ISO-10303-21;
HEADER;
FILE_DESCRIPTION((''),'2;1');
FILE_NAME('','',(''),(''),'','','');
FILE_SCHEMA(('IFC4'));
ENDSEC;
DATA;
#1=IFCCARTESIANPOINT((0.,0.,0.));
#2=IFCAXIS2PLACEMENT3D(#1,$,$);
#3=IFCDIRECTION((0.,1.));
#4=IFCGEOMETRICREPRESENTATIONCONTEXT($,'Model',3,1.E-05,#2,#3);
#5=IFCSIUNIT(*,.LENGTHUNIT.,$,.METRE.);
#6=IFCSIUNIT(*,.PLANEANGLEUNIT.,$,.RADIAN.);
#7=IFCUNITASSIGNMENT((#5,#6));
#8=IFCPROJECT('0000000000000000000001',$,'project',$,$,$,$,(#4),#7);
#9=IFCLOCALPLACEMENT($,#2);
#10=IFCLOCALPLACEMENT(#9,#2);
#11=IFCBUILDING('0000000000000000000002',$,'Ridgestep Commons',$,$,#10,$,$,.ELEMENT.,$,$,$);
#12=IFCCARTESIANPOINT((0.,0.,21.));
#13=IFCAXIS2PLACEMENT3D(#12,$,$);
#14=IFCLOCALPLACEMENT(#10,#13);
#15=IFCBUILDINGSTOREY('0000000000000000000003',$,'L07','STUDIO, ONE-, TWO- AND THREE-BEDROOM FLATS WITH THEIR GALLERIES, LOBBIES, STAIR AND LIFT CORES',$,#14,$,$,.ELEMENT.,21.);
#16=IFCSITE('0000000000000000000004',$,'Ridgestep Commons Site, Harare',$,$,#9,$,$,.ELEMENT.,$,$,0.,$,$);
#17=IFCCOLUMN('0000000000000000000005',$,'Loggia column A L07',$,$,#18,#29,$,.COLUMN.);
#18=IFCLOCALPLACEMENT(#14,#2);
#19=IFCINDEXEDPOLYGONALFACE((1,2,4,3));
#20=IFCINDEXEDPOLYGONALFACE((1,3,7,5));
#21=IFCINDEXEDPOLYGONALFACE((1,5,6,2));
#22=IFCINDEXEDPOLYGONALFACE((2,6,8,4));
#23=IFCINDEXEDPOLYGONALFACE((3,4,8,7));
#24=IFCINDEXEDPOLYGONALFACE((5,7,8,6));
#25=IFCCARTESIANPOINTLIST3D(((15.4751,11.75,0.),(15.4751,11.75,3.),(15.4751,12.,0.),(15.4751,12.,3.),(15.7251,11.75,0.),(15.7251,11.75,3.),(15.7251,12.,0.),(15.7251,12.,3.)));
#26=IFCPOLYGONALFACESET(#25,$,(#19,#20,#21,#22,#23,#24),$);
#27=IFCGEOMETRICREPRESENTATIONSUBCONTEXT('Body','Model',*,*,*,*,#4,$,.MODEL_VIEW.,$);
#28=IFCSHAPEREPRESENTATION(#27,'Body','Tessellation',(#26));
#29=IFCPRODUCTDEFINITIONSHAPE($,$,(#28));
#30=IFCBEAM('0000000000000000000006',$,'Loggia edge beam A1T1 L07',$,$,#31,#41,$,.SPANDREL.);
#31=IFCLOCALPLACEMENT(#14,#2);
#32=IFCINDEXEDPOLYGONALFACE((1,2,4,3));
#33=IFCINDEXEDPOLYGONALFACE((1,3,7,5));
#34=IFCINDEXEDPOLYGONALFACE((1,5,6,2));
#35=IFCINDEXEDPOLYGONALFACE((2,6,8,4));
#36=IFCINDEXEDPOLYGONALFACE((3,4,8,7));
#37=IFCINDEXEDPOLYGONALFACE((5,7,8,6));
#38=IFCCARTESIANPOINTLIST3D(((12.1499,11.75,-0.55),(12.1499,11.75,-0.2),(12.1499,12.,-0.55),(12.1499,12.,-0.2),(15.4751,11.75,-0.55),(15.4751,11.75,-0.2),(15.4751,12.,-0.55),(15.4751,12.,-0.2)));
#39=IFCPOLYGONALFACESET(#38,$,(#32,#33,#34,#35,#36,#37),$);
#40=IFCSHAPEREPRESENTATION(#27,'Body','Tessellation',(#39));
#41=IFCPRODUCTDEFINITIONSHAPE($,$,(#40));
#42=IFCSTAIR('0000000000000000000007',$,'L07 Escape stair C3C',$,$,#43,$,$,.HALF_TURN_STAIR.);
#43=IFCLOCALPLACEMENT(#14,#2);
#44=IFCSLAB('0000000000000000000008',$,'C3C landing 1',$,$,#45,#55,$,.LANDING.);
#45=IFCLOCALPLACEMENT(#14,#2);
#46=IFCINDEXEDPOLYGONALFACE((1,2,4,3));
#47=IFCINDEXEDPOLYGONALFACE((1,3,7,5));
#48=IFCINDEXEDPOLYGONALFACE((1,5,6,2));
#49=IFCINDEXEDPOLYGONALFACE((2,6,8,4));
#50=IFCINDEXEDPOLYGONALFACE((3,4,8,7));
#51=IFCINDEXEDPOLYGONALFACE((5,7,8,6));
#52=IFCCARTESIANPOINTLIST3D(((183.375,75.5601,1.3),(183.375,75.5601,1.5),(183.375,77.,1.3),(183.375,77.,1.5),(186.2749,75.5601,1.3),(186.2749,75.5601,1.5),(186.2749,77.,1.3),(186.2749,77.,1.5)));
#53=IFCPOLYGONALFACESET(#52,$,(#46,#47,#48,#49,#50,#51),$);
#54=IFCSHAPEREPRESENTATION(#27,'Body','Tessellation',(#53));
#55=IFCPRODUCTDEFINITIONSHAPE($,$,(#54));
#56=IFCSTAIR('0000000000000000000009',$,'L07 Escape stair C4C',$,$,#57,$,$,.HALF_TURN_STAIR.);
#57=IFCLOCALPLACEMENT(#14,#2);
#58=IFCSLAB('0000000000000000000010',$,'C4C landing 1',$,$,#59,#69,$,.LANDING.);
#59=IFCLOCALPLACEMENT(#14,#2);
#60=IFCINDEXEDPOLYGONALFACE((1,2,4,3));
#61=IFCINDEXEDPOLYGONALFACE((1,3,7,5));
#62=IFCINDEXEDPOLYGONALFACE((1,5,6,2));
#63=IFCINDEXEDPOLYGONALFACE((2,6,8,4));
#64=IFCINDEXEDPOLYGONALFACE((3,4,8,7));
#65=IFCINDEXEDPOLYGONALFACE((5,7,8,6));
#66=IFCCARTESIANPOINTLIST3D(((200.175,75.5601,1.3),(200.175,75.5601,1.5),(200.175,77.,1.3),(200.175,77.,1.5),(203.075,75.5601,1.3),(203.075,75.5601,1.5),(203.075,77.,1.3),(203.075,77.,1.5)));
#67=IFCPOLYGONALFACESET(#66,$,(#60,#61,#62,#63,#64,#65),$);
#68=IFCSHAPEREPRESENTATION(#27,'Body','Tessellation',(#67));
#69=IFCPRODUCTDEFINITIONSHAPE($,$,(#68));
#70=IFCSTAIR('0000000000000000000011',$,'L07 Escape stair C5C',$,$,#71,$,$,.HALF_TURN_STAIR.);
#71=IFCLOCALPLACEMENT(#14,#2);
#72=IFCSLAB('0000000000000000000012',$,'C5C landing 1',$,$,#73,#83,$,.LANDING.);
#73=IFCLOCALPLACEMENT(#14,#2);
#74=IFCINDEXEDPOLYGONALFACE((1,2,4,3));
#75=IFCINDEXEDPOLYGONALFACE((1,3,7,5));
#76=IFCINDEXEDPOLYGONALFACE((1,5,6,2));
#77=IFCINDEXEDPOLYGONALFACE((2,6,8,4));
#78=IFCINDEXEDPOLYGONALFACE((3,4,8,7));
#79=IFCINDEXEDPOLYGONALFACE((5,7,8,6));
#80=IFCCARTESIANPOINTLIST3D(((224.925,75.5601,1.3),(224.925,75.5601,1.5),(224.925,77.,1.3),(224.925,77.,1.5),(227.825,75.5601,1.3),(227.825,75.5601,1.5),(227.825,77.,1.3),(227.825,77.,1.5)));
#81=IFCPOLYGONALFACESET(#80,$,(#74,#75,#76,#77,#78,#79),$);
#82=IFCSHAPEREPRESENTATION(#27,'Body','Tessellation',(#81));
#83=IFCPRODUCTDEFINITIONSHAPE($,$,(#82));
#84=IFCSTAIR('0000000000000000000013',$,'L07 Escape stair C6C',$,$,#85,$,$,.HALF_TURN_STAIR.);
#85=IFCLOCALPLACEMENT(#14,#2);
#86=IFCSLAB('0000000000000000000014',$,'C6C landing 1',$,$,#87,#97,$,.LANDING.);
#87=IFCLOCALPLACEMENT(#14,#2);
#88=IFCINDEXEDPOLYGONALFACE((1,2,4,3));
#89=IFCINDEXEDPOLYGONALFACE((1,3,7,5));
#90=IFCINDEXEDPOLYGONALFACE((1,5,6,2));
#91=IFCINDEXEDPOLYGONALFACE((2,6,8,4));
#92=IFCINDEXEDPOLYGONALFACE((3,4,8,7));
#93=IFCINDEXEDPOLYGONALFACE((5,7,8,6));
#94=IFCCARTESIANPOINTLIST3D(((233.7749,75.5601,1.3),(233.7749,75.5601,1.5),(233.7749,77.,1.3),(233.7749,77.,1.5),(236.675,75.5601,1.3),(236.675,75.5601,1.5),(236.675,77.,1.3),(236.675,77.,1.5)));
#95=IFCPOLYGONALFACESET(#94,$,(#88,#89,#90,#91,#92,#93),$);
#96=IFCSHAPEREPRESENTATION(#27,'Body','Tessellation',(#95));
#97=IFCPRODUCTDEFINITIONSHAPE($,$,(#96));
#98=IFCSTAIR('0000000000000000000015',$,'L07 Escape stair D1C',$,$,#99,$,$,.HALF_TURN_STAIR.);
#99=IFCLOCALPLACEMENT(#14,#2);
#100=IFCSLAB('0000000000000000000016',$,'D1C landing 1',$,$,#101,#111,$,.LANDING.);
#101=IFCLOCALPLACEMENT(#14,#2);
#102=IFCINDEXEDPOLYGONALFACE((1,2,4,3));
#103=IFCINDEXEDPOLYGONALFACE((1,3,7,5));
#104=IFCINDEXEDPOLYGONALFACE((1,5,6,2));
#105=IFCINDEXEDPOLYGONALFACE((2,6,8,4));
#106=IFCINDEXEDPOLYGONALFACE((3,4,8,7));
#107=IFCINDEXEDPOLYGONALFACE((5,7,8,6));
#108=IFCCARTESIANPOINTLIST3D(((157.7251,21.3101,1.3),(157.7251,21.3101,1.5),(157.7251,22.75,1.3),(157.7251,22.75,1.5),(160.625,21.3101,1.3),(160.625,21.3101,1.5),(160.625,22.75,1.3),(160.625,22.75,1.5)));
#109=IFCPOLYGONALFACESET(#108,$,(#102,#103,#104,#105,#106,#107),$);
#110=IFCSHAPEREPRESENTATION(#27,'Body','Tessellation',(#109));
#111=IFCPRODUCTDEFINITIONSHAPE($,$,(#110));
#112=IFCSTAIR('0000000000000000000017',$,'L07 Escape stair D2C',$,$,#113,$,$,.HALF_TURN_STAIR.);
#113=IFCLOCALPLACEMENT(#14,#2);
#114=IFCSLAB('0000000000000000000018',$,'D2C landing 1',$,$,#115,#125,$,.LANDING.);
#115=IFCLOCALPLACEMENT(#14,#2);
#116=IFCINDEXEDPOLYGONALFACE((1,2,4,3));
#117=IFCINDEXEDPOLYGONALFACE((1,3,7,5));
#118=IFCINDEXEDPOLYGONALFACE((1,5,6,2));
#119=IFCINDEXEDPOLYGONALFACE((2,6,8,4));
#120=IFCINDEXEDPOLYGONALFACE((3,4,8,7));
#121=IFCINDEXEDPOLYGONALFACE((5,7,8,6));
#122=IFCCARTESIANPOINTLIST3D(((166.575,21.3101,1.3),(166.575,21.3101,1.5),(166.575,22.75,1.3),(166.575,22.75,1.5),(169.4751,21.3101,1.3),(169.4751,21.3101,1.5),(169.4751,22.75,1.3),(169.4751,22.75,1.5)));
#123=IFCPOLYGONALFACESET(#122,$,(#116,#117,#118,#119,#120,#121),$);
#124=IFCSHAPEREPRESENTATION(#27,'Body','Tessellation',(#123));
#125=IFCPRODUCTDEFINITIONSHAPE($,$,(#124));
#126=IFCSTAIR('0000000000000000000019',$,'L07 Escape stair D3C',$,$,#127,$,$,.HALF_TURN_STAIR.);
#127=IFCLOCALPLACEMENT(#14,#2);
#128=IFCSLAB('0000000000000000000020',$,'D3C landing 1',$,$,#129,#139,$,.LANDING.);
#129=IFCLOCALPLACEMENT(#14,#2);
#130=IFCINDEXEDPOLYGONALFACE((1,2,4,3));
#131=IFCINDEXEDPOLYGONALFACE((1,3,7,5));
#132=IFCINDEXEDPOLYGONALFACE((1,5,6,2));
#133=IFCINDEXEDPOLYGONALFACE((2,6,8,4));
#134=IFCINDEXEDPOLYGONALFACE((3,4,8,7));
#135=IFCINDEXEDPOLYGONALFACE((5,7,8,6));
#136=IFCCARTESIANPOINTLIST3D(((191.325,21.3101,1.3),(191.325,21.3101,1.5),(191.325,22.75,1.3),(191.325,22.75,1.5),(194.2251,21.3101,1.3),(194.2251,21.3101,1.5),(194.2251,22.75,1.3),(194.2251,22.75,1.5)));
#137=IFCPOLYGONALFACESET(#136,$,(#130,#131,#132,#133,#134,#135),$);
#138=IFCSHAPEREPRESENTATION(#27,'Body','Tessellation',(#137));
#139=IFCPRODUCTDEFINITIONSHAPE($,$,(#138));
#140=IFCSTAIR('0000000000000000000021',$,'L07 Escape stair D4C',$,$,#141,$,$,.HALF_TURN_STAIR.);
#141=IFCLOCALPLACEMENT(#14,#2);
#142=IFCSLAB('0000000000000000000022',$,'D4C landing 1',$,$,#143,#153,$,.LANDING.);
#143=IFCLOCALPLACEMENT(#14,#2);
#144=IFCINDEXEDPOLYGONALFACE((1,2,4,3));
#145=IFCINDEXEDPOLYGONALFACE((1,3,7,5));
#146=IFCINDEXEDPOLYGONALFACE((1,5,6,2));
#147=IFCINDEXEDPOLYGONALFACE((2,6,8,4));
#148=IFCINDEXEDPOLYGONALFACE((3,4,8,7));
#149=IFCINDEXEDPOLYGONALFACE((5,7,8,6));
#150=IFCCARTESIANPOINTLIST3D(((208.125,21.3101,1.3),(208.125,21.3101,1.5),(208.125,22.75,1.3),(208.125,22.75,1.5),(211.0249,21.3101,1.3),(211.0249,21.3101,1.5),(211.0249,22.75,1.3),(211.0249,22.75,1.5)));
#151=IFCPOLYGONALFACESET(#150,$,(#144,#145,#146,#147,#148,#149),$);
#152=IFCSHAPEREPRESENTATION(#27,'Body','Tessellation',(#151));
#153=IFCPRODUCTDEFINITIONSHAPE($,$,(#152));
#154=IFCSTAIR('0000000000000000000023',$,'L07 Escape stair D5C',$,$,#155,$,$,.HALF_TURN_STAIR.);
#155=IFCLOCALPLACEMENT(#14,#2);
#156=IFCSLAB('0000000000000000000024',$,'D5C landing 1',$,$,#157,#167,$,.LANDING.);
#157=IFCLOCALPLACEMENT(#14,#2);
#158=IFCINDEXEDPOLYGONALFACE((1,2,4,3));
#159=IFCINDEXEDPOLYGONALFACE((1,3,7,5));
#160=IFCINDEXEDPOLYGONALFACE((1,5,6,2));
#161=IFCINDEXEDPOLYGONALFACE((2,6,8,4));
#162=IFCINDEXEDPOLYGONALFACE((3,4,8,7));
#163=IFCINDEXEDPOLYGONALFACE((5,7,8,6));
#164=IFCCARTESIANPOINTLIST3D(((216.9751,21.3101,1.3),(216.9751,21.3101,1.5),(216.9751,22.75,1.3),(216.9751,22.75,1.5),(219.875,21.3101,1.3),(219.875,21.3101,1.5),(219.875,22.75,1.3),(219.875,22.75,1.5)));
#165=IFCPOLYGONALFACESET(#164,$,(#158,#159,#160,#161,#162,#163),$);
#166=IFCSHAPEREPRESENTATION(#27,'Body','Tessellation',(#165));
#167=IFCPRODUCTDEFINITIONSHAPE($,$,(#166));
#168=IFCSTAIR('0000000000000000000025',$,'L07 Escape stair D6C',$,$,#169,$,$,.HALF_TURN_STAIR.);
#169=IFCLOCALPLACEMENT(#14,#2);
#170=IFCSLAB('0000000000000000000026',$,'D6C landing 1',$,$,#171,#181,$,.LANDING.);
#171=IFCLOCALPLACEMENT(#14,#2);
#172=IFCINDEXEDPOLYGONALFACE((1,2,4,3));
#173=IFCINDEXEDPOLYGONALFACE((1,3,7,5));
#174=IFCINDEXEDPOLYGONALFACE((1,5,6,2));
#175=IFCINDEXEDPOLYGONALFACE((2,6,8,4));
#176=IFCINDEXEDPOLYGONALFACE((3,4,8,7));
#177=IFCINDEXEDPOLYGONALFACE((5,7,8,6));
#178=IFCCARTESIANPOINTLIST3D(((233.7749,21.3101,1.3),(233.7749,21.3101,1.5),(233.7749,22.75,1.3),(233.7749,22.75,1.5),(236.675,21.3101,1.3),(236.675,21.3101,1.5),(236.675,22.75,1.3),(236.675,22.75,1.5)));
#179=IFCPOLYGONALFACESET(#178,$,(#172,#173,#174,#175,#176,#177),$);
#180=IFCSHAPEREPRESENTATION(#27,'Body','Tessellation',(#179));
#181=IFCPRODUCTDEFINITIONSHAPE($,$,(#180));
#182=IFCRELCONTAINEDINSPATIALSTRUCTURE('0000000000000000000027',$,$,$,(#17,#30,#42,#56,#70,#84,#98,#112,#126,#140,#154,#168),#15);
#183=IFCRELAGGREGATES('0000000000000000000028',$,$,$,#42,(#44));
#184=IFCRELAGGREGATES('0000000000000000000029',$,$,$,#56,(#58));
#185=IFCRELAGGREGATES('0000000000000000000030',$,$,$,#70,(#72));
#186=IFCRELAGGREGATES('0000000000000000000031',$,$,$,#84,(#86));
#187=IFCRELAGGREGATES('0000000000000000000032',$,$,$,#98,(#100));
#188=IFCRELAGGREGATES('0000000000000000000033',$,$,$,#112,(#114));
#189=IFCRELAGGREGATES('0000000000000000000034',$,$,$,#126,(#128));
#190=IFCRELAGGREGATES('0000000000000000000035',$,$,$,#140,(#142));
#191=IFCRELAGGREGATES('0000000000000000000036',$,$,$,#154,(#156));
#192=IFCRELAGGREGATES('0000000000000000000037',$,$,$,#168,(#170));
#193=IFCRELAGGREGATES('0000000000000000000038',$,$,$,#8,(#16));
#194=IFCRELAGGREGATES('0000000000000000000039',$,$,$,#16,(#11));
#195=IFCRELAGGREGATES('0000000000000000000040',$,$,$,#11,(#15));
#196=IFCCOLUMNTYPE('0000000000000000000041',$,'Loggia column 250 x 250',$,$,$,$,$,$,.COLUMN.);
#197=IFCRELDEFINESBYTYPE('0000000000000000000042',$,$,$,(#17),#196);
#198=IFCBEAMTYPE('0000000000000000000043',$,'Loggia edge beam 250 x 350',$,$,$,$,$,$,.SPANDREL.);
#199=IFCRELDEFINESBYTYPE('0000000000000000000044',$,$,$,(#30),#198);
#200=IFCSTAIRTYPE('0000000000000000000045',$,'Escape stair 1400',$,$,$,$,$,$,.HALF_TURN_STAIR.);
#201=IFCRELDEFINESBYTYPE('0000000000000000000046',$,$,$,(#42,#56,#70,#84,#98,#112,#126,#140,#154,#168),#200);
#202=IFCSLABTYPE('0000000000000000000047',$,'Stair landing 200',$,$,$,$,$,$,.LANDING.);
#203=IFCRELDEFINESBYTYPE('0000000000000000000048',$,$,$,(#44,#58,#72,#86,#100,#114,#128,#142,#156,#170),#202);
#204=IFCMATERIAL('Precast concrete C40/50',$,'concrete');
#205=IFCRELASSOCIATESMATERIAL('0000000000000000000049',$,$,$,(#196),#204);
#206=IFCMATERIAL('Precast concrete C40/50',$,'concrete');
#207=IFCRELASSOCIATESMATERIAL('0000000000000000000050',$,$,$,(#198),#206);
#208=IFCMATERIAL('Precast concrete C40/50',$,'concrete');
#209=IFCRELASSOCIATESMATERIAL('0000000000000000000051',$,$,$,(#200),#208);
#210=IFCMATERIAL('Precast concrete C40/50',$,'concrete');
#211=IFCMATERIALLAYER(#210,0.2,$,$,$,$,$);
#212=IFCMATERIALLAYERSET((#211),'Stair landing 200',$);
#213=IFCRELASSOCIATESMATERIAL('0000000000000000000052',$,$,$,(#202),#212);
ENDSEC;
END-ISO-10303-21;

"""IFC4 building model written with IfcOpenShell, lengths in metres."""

from ifc_helpers import new_model, si_unit, direction, frame, origin, origin_2d, place, context, subcontext, project, spatial, polyline, rectangle, outline, extrude, material, layer, layer_set, material_profile, profile_set, type_object, element, aggregate, save


model = new_model("IFC4")

# Units and contexts
model_context = context("Model", 3, precision=1e-05, world=origin(), true_north=direction((0.0, 1.0)))
body_context = subcontext(model_context, "Body", "Model", "MODEL_VIEW")
ifc_project = project(units=[si_unit("LENGTHUNIT", "METRE"), si_unit("PLANEANGLEUNIT", "RADIAN")], contexts=[model_context])

# Site, building, storey
site_placement = place(None, origin())
site = spatial("IfcSite", under=ifc_project, at=site_placement, Name="Ridgestep Commons Site, Harare", CompositionType="ELEMENT", RefElevation=0.0)
building_placement = place(site_placement, origin())
building = spatial("IfcBuilding", under=site, at=building_placement, Name="Ridgestep Commons", CompositionType="ELEMENT")
storey_placement = place(building_placement, frame((0.0, 0.0, 21.0)))
storey = spatial("IfcBuildingStorey", under=building, at=storey_placement, Name="L07", Description="STUDIO, ONE-, TWO- AND THREE-BEDROOM FLATS WITH THEIR GALLERIES, LOBBIES, STAIR AND LIFT CORES", CompositionType="ELEMENT", Elevation=21.0)

# Column
ifc_material_1 = material(Name="Precast concrete C40/50", Category="concrete")
ifc_material_profile_1 = material_profile(ifc_material_1, rectangle(XDim=0.25, YDim=0.25, at=origin_2d()), Name="PC 250x250")
ifc_profile_set_1 = profile_set([ifc_material_profile_1], Name="Precast concrete C40/50")
column_type = type_object("IfcColumnType", Name="Loggia column 250 x 250", PredefinedType="COLUMN", material=ifc_profile_set_1)
column_placement = place(storey_placement, frame((15.6001, 11.875, 0.0), z_axis=(0.0, 0.0, 1.0), x_axis=(1.0, 0.0, 0.0)))
element("IfcColumn", 1, at=column_placement, inside=storey, type_object=column_type, Name="Loggia column A L07", PredefinedType="COLUMN", context=body_context, shape_type="SweptSolid", body=[
    extrude(rectangle(XDim=0.25, YDim=0.25, at=origin_2d()), origin(), (0.0, 0.0, 1.0), 3.0),
])

# Beam
ifc_material_2 = material(Name="Precast concrete C40/50", Category="concrete")
ifc_material_profile_2 = material_profile(ifc_material_2, rectangle(XDim=0.25, YDim=0.3501, at=origin_2d()), Name="PC 250x350")
ifc_profile_set_2 = profile_set([ifc_material_profile_2], Name="Precast concrete C40/50")
beam_type = type_object("IfcBeamType", Name="Loggia edge beam 250 x 350", PredefinedType="SPANDREL", material=ifc_profile_set_2)
beam_placement = place(storey_placement, frame((12.1499, 11.875, -0.375), z_axis=(1.0, 0.0, 0.0), x_axis=(0.0, 1.0, 0.0)))
element("IfcBeam", 2, at=beam_placement, inside=storey, type_object=beam_type, Name="Loggia edge beam A1T1 L07", PredefinedType="SPANDREL", context=body_context, shape_type="SweptSolid", body=[
    extrude(rectangle(XDim=0.25, YDim=0.3501, at=origin_2d()), origin(), (0.0, 0.0, 1.0), 3.3252),
])

# Stairs, slabs
ifc_material_3 = material(Name="Precast concrete C40/50", Category="concrete")
stair_type = type_object("IfcStairType", Name="Escape stair 1400", PredefinedType="HALF_TURN_STAIR", material=ifc_material_3)
stair_1_placement = place(storey_placement, origin())
stair_1 = element("IfcStair", 3, at=stair_1_placement, inside=storey, type_object=stair_type, Name="L07 Escape stair C3C", PredefinedType="HALF_TURN_STAIR")
ifc_material_4 = material(Name="Precast concrete C40/50", Category="concrete")
ifc_layer_1 = layer(ifc_material_4, 0.2)
ifc_layer_set_1 = layer_set([ifc_layer_1], Name="Stair landing 200")
slab_type = type_object("IfcSlabType", Name="Stair landing 200", PredefinedType="LANDING", material=ifc_layer_set_1)
slab_1_placement = place(storey_placement, frame((0.0, 0.0, 1.3)))
slab_1 = element("IfcSlab", 4, at=slab_1_placement, type_object=slab_type, Name="C3C landing 1", PredefinedType="LANDING", context=body_context, shape_type="SweptSolid", body=[
    extrude(outline(polyline([(186.2749, 75.5601), (186.2749, 77.0), (183.375, 77.0), (183.375, 75.5601), (186.2749, 75.5601)])), origin(), (0.0, 0.0, 1.0), 0.2),
])
aggregate(stair_1, [slab_1])
stair_2_placement = place(storey_placement, origin())
stair_2 = element("IfcStair", 5, at=stair_2_placement, inside=storey, type_object=stair_type, Name="L07 Escape stair C4C", PredefinedType="HALF_TURN_STAIR")
slab_2_placement = place(storey_placement, frame((0.0, 0.0, 1.3)))
slab_2 = element("IfcSlab", 6, at=slab_2_placement, type_object=slab_type, Name="C4C landing 1", PredefinedType="LANDING", context=body_context, shape_type="SweptSolid", body=[
    extrude(outline(polyline([(203.075, 75.5601), (203.075, 77.0), (200.175, 77.0), (200.175, 75.5601), (203.075, 75.5601)])), origin(), (0.0, 0.0, 1.0), 0.2),
])
aggregate(stair_2, [slab_2])
stair_3_placement = place(storey_placement, origin())
stair_3 = element("IfcStair", 7, at=stair_3_placement, inside=storey, type_object=stair_type, Name="L07 Escape stair C5C", PredefinedType="HALF_TURN_STAIR")
slab_3_placement = place(storey_placement, frame((0.0, 0.0, 1.3)))
slab_3 = element("IfcSlab", 8, at=slab_3_placement, type_object=slab_type, Name="C5C landing 1", PredefinedType="LANDING", context=body_context, shape_type="SweptSolid", body=[
    extrude(outline(polyline([(227.825, 75.5601), (227.825, 77.0), (224.925, 77.0), (224.925, 75.5601), (227.825, 75.5601)])), origin(), (0.0, 0.0, 1.0), 0.2),
])
aggregate(stair_3, [slab_3])
stair_4_placement = place(storey_placement, origin())
stair_4 = element("IfcStair", 9, at=stair_4_placement, inside=storey, type_object=stair_type, Name="L07 Escape stair C6C", PredefinedType="HALF_TURN_STAIR")
slab_4_placement = place(storey_placement, frame((0.0, 0.0, 1.3)))
slab_4 = element("IfcSlab", 10, at=slab_4_placement, type_object=slab_type, Name="C6C landing 1", PredefinedType="LANDING", context=body_context, shape_type="SweptSolid", body=[
    extrude(outline(polyline([(236.675, 75.5601), (236.675, 77.0), (233.7749, 77.0), (233.7749, 75.5601), (236.675, 75.5601)])), origin(), (0.0, 0.0, 1.0), 0.2),
])
aggregate(stair_4, [slab_4])
stair_5_placement = place(storey_placement, origin())
stair_5 = element("IfcStair", 11, at=stair_5_placement, inside=storey, type_object=stair_type, Name="L07 Escape stair D1C", PredefinedType="HALF_TURN_STAIR")
slab_5_placement = place(storey_placement, frame((0.0, 0.0, 1.3)))
slab_5 = element("IfcSlab", 12, at=slab_5_placement, type_object=slab_type, Name="D1C landing 1", PredefinedType="LANDING", context=body_context, shape_type="SweptSolid", body=[
    extrude(outline(polyline([(160.625, 21.3101), (160.625, 22.75), (157.7251, 22.75), (157.7251, 21.3101), (160.625, 21.3101)])), origin(), (0.0, 0.0, 1.0), 0.2),
])
aggregate(stair_5, [slab_5])
stair_6_placement = place(storey_placement, origin())
stair_6 = element("IfcStair", 13, at=stair_6_placement, inside=storey, type_object=stair_type, Name="L07 Escape stair D2C", PredefinedType="HALF_TURN_STAIR")
slab_6_placement = place(storey_placement, frame((0.0, 0.0, 1.3)))
slab_6 = element("IfcSlab", 14, at=slab_6_placement, type_object=slab_type, Name="D2C landing 1", PredefinedType="LANDING", context=body_context, shape_type="SweptSolid", body=[
    extrude(outline(polyline([(169.4751, 21.3101), (169.4751, 22.75), (166.575, 22.75), (166.575, 21.3101), (169.4751, 21.3101)])), origin(), (0.0, 0.0, 1.0), 0.2),
])
aggregate(stair_6, [slab_6])
stair_7_placement = place(storey_placement, origin())
stair_7 = element("IfcStair", 15, at=stair_7_placement, inside=storey, type_object=stair_type, Name="L07 Escape stair D3C", PredefinedType="HALF_TURN_STAIR")
slab_7_placement = place(storey_placement, frame((0.0, 0.0, 1.3)))
slab_7 = element("IfcSlab", 16, at=slab_7_placement, type_object=slab_type, Name="D3C landing 1", PredefinedType="LANDING", context=body_context, shape_type="SweptSolid", body=[
    extrude(outline(polyline([(194.2251, 21.3101), (194.2251, 22.75), (191.325, 22.75), (191.325, 21.3101), (194.2251, 21.3101)])), origin(), (0.0, 0.0, 1.0), 0.2),
])
aggregate(stair_7, [slab_7])
stair_8_placement = place(storey_placement, origin())
stair_8 = element("IfcStair", 17, at=stair_8_placement, inside=storey, type_object=stair_type, Name="L07 Escape stair D4C", PredefinedType="HALF_TURN_STAIR")
slab_8_placement = place(storey_placement, frame((0.0, 0.0, 1.3)))
slab_8 = element("IfcSlab", 18, at=slab_8_placement, type_object=slab_type, Name="D4C landing 1", PredefinedType="LANDING", context=body_context, shape_type="SweptSolid", body=[
    extrude(outline(polyline([(211.0249, 21.3101), (211.0249, 22.75), (208.125, 22.75), (208.125, 21.3101), (211.0249, 21.3101)])), origin(), (0.0, 0.0, 1.0), 0.2),
])
aggregate(stair_8, [slab_8])
stair_9_placement = place(storey_placement, origin())
stair_9 = element("IfcStair", 19, at=stair_9_placement, inside=storey, type_object=stair_type, Name="L07 Escape stair D5C", PredefinedType="HALF_TURN_STAIR")
slab_9_placement = place(storey_placement, frame((0.0, 0.0, 1.3)))
slab_9 = element("IfcSlab", 20, at=slab_9_placement, type_object=slab_type, Name="D5C landing 1", PredefinedType="LANDING", context=body_context, shape_type="SweptSolid", body=[
    extrude(outline(polyline([(219.875, 21.3101), (219.875, 22.75), (216.9751, 22.75), (216.9751, 21.3101), (219.875, 21.3101)])), origin(), (0.0, 0.0, 1.0), 0.2),
])
aggregate(stair_9, [slab_9])
stair_10_placement = place(storey_placement, origin())
stair_10 = element("IfcStair", 21, at=stair_10_placement, inside=storey, type_object=stair_type, Name="L07 Escape stair D6C", PredefinedType="HALF_TURN_STAIR")
slab_10_placement = place(storey_placement, frame((0.0, 0.0, 1.3)))
slab_10 = element("IfcSlab", 22, at=slab_10_placement, type_object=slab_type, Name="D6C landing 1", PredefinedType="LANDING", context=body_context, shape_type="SweptSolid", body=[
    extrude(outline(polyline([(236.675, 21.3101), (236.675, 22.75), (233.7749, 22.75), (233.7749, 21.3101), (236.675, 21.3101)])), origin(), (0.0, 0.0, 1.0), 0.2),
])
aggregate(stair_10, [slab_10])

save(model, "model.ifc")
